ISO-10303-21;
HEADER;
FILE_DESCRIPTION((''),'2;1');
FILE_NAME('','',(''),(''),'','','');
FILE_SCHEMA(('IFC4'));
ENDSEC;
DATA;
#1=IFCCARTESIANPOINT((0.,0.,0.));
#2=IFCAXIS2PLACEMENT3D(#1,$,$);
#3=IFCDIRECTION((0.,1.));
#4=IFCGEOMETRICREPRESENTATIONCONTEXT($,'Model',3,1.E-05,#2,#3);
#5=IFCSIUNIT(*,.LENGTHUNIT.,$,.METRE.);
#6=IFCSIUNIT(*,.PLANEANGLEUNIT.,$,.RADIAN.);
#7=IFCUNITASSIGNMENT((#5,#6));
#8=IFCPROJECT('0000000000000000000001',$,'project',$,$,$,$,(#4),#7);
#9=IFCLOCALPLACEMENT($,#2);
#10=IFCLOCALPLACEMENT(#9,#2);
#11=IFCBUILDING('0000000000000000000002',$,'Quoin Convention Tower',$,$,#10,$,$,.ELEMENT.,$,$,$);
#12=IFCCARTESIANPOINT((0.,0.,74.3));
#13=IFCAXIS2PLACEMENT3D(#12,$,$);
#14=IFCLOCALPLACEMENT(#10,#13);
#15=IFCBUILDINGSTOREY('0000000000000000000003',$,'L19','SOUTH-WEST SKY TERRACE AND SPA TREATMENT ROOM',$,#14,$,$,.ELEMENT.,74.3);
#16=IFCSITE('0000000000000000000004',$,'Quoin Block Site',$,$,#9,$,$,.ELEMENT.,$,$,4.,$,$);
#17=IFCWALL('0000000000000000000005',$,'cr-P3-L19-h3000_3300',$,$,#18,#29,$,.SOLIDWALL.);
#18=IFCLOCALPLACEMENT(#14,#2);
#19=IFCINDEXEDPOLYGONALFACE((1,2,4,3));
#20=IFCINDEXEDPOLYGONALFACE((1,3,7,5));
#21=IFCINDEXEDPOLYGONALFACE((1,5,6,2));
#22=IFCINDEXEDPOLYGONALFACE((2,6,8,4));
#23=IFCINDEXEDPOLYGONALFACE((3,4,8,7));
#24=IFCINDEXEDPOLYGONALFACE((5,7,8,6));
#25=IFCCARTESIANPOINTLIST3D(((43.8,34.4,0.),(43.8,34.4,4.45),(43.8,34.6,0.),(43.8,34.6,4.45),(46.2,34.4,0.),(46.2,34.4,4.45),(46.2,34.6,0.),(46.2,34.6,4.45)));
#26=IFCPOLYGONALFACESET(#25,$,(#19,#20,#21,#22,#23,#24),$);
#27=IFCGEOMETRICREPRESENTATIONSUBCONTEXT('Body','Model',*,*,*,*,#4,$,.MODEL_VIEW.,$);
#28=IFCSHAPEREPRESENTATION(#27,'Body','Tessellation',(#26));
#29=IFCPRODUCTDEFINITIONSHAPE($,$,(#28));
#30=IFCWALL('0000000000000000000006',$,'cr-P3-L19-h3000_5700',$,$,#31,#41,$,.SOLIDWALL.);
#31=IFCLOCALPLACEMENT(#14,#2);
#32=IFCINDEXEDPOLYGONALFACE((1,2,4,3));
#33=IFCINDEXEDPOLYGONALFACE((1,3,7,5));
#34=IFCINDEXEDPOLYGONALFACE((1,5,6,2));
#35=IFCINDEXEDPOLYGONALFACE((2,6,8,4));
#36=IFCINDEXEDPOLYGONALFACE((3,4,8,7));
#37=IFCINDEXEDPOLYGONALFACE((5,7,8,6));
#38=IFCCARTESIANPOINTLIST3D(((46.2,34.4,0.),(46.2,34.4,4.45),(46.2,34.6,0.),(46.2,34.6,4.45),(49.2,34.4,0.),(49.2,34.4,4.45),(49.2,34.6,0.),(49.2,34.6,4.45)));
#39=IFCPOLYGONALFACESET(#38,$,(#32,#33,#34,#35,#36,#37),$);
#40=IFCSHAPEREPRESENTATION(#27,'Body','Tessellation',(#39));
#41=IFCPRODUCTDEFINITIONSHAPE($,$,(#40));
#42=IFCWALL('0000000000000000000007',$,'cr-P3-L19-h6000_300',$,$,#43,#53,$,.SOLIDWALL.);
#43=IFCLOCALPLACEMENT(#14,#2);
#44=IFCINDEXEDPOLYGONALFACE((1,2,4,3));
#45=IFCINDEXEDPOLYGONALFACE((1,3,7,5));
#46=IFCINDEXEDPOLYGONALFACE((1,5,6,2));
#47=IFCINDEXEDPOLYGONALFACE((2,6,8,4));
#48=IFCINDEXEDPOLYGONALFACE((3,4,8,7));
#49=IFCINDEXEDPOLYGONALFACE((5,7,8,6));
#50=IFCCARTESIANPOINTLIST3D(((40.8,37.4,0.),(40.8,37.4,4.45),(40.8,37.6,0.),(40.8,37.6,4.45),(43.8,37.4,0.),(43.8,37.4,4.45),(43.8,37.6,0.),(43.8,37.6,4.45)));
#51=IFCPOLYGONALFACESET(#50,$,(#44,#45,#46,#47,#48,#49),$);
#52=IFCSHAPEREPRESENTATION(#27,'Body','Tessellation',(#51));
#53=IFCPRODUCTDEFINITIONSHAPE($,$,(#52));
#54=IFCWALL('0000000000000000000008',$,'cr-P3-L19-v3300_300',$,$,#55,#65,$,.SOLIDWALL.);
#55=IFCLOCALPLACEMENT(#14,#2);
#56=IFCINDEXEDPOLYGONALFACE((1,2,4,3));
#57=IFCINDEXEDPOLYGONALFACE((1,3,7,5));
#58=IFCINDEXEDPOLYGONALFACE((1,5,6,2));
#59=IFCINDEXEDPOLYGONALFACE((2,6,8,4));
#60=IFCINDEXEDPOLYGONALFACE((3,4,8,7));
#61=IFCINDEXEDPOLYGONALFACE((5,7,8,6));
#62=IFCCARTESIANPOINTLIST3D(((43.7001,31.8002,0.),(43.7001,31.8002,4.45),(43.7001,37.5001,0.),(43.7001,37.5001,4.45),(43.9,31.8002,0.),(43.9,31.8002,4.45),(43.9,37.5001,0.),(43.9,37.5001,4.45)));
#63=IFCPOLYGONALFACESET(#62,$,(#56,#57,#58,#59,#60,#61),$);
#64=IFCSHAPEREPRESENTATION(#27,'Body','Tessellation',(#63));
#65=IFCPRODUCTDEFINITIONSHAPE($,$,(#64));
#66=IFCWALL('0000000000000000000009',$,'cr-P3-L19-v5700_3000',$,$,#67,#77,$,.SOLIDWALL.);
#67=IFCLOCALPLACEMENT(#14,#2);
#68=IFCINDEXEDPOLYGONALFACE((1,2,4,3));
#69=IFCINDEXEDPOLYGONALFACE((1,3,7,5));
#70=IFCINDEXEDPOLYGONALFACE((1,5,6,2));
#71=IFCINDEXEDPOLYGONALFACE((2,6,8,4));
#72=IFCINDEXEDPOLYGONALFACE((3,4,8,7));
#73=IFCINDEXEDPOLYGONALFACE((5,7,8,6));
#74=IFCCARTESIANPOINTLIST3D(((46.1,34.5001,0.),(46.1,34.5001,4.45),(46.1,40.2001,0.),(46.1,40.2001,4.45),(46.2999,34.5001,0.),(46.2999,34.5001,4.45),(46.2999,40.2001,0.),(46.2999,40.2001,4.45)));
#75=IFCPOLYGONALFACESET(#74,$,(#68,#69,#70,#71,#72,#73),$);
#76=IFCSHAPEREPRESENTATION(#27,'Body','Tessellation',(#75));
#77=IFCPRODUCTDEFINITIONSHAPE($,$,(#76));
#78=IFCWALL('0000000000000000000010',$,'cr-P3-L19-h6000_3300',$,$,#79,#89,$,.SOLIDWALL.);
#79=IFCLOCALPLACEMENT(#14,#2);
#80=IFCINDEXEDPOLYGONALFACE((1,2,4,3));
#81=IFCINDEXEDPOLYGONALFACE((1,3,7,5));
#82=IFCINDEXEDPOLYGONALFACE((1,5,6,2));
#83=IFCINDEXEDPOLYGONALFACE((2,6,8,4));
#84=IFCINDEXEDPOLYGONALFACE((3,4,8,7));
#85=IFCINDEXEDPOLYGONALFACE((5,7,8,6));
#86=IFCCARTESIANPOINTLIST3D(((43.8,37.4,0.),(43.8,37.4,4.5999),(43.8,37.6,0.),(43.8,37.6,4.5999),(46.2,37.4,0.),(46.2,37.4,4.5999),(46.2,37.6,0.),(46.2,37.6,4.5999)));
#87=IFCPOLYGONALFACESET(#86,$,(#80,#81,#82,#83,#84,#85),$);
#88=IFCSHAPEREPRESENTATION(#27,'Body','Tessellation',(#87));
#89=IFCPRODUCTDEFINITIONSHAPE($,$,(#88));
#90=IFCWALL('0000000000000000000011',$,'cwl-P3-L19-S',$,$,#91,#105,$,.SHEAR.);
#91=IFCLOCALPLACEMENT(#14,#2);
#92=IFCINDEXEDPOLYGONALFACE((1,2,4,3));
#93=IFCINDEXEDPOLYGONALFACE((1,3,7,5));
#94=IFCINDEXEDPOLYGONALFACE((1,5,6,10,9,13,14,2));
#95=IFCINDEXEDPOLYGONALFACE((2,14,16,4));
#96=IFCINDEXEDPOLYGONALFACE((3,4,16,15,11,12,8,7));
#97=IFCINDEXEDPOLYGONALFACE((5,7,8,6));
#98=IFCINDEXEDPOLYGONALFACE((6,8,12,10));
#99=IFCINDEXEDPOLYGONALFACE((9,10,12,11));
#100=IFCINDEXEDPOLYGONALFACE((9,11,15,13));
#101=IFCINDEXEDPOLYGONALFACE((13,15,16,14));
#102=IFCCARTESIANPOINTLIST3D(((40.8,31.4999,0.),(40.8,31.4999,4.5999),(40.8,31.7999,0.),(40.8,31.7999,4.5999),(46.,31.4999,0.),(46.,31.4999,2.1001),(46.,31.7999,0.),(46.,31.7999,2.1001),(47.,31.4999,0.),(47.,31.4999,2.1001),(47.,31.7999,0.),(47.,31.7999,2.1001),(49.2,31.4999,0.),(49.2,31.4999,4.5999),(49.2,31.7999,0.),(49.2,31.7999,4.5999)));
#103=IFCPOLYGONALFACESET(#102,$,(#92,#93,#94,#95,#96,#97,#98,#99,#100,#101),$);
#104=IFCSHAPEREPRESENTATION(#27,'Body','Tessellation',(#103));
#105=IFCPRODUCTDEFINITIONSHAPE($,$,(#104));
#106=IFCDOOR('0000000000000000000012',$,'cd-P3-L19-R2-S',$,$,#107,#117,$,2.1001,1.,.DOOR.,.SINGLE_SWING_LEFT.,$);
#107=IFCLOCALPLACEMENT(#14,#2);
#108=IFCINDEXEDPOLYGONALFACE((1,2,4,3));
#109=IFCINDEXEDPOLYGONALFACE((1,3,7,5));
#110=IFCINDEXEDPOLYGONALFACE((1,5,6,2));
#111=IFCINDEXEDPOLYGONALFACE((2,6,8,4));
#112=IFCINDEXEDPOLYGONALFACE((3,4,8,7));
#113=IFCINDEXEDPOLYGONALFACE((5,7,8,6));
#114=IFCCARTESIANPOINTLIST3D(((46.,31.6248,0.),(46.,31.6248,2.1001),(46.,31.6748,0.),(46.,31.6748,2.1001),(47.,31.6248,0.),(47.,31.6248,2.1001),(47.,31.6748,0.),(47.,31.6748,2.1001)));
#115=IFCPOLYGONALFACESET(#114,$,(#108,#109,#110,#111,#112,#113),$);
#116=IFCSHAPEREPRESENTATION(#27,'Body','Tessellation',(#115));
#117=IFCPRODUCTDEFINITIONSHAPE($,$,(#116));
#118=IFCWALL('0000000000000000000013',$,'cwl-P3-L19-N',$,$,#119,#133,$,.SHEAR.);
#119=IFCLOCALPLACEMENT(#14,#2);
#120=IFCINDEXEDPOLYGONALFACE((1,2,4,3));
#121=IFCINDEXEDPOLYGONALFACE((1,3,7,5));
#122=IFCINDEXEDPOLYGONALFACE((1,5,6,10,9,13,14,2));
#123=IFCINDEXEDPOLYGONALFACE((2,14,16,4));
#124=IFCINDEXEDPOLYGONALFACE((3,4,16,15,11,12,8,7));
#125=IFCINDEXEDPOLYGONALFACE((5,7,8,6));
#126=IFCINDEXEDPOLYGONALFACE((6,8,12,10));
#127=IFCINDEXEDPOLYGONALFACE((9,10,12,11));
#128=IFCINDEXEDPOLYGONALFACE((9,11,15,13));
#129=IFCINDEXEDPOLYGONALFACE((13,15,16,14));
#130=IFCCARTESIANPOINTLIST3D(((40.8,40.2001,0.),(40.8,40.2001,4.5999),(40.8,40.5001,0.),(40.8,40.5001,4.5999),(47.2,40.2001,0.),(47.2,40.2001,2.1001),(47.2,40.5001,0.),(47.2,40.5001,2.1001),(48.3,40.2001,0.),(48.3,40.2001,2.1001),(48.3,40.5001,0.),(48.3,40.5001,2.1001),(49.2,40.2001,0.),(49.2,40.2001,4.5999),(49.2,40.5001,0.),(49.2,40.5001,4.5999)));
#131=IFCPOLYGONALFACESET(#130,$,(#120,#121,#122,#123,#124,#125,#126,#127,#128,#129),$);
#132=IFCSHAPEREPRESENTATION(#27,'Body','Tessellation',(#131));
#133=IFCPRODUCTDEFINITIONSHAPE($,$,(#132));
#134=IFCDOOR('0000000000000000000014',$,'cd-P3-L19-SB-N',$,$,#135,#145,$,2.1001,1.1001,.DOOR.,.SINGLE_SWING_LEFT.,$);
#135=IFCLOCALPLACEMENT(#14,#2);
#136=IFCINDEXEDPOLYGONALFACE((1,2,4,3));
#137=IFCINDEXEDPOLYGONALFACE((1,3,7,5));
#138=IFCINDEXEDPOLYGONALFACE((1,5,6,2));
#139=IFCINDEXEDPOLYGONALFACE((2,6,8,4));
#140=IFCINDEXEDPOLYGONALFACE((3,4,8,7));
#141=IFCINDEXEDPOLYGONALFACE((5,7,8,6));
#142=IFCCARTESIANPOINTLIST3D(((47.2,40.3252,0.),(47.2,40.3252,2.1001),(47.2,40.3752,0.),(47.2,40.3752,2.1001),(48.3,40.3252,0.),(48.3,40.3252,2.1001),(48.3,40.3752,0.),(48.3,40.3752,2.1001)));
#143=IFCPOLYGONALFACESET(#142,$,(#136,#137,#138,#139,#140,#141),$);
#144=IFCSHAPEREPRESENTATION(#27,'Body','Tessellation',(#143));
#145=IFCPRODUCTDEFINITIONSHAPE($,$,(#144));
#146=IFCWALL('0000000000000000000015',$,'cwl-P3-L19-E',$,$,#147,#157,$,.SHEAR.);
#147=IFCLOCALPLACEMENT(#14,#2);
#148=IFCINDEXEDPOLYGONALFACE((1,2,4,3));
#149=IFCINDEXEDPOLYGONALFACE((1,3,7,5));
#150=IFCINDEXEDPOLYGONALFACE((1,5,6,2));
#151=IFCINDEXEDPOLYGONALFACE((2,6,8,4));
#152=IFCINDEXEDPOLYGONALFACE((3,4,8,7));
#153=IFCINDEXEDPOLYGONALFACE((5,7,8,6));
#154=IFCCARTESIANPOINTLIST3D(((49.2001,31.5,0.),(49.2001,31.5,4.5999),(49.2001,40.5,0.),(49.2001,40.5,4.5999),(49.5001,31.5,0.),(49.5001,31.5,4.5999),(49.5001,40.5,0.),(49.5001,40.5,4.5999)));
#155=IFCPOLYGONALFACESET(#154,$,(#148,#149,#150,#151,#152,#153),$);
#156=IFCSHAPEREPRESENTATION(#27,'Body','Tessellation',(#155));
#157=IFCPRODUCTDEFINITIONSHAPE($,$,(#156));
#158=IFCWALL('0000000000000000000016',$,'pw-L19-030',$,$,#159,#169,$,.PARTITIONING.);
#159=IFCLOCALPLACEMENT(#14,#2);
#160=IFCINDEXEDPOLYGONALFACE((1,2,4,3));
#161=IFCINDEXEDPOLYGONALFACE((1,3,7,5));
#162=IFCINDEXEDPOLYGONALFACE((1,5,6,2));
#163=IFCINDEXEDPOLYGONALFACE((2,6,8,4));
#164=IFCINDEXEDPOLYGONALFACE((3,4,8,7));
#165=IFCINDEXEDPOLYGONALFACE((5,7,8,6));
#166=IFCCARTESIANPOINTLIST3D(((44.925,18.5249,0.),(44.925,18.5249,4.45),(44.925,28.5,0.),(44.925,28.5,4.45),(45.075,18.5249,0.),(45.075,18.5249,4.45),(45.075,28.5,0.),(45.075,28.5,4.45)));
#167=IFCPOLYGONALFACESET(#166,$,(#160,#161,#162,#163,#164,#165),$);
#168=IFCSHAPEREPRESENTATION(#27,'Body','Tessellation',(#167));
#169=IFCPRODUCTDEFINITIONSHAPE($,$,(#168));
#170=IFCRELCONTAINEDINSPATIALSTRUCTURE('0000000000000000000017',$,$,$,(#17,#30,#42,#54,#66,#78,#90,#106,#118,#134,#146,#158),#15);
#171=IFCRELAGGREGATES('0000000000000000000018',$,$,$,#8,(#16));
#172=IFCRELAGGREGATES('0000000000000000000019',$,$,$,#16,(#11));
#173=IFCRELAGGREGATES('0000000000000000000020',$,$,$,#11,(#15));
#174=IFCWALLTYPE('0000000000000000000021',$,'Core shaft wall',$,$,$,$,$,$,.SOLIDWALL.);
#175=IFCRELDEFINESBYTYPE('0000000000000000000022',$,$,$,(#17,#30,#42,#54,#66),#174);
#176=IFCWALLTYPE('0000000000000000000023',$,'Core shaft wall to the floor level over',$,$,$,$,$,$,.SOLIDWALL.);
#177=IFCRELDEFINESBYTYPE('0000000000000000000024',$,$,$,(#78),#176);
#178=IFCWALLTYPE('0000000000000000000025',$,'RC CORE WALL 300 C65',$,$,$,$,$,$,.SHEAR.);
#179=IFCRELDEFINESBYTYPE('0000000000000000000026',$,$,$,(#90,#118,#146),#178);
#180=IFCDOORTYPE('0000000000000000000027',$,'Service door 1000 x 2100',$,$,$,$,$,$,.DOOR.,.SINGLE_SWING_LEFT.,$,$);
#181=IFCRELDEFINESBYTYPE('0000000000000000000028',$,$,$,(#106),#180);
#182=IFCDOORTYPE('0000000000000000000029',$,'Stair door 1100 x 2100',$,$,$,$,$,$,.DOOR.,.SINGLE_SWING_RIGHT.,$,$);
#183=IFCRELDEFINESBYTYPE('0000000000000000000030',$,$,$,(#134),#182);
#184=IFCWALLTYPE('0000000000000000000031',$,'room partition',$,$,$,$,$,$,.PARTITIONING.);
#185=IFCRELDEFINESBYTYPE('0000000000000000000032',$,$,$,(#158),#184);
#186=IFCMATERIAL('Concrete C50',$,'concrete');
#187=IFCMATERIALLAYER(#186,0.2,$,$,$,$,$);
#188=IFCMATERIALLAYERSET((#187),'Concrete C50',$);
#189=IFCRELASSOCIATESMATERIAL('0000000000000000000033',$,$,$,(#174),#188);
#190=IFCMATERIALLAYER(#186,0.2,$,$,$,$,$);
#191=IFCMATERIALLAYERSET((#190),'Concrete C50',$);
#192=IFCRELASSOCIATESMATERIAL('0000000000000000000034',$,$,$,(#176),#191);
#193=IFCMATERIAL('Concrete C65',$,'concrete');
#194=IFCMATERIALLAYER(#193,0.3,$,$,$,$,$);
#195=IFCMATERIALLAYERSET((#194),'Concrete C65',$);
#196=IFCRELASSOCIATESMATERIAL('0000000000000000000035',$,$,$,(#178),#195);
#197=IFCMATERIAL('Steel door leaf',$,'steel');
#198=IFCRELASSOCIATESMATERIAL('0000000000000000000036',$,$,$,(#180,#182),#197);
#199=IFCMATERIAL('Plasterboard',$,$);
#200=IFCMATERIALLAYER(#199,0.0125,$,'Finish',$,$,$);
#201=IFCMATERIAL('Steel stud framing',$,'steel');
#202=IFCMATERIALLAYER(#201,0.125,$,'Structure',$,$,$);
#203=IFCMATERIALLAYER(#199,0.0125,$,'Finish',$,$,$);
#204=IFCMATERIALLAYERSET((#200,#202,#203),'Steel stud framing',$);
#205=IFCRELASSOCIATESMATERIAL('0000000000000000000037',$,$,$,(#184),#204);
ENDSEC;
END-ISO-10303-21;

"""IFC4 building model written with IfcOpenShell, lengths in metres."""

from ifc_helpers import new_model, si_unit, direction, frame, frame_2d, origin, place, context, subcontext, project, spatial, rectangle, extrude, material, layer, layer_set, type_object, element, fill, save


model = new_model("IFC4")

# Units and contexts
model_context = context("Model", 3, precision=1e-05, world=origin(), true_north=direction((0.0, 1.0)))
body_context = subcontext(model_context, "Body", "Model", "MODEL_VIEW")
ifc_project = project(units=[si_unit("LENGTHUNIT", "METRE"), si_unit("PLANEANGLEUNIT", "RADIAN")], contexts=[model_context])

# Site, building, storey
site_placement = place(None, origin())
site = spatial("IfcSite", under=ifc_project, at=site_placement, Name="Quoin Block Site", CompositionType="ELEMENT", RefElevation=4.0)
building_placement = place(site_placement, origin())
building = spatial("IfcBuilding", under=site, at=building_placement, Name="Quoin Convention Tower", CompositionType="ELEMENT")
storey_placement = place(building_placement, frame((0.0, 0.0, 74.3)))
storey = spatial("IfcBuildingStorey", under=building, at=storey_placement, Name="L19", Description="SOUTH-WEST SKY TERRACE AND SPA TREATMENT ROOM", CompositionType="ELEMENT", Elevation=74.3)

# Shared definitions
ifc_material_1 = material(Name="Concrete C65", Category="concrete")

# Walls
ifc_material_2 = material(Name="Concrete C50", Category="concrete")
ifc_layer_1 = layer(ifc_material_2, 0.2)
ifc_layer_set_1 = layer_set([ifc_layer_1], Name="Concrete C50")
wall_type_1 = type_object("IfcWallType", Name="Core shaft wall", PredefinedType="SOLIDWALL", material=ifc_layer_set_1)
wall_1_placement = place(storey_placement, frame((43.8, 34.5, 0.0), z_axis=(0.0, 0.0, 1.0), x_axis=(1.0, 0.0, 0.0)))
element("IfcWall", 1, at=wall_1_placement, inside=storey, type_object=wall_type_1, Name="cr-P3-L19-h3000_3300", PredefinedType="SOLIDWALL", context=body_context, shape_type="SweptSolid", body=[
    extrude(rectangle(XDim=2.3999, YDim=0.2, at=frame_2d((1.2, 0.0))), origin(), (0.0, 0.0, 1.0), 4.45),
])
for number, where, z_axis, x_axis, name in (
    (2, (46.2, 34.5, 0.0), (0.0, 0.0, 1.0), (1.0, 0.0, 0.0), "cr-P3-L19-h3000_5700"),
    (3, (40.8, 37.5, 0.0), (0.0, 0.0, 1.0), (1.0, 0.0, 0.0), "cr-P3-L19-h6000_300"),
):
    element("IfcWall", number, at=place(storey_placement, frame(where, z_axis=z_axis, x_axis=x_axis)), inside=storey, type_object=wall_type_1, Name=name, PredefinedType="SOLIDWALL", context=body_context, shape_type="SweptSolid", body=[
        extrude(rectangle(XDim=3.0, YDim=0.2, at=frame_2d((1.5, 0.0))), origin(), (0.0, 0.0, 1.0), 4.45),
    ])
for number, where, z_axis, x_axis, name in (
    (4, (43.8, 31.8, 0.0), (0.0, 0.0, 1.0), (0.0, 1.0, 0.0), "cr-P3-L19-v3300_300"),
    (5, (46.2, 34.5, 0.0), (0.0, 0.0, 1.0), (0.0, 1.0, 0.0), "cr-P3-L19-v5700_3000"),
):
    element("IfcWall", number, at=place(storey_placement, frame(where, z_axis=z_axis, x_axis=x_axis)), inside=storey, type_object=wall_type_1, Name=name, PredefinedType="SOLIDWALL", context=body_context, shape_type="SweptSolid", body=[
        extrude(rectangle(XDim=5.7, YDim=0.2, at=frame_2d((2.8501, 0.0))), origin(), (0.0, 0.0, 1.0), 4.45),
    ])
ifc_layer_2 = layer(ifc_material_2, 0.2)
ifc_layer_set_2 = layer_set([ifc_layer_2], Name="Concrete C50")
wall_type_2 = type_object("IfcWallType", Name="Core shaft wall to the floor level over", PredefinedType="SOLIDWALL", material=ifc_layer_set_2)
wall_2_placement = place(storey_placement, frame((43.8, 37.5, 0.0), z_axis=(0.0, 0.0, 1.0), x_axis=(1.0, 0.0, 0.0)))
element("IfcWall", 6, at=wall_2_placement, inside=storey, type_object=wall_type_2, Name="cr-P3-L19-h6000_3300", PredefinedType="SOLIDWALL", context=body_context, shape_type="SweptSolid", body=[
    extrude(rectangle(XDim=2.3999, YDim=0.2, at=frame_2d((1.2, 0.0))), origin(), (0.0, 0.0, 1.0), 4.5999),
])

# Walls, openings, doors
ifc_layer_3 = layer(ifc_material_1, 0.3)
ifc_layer_set_3 = layer_set([ifc_layer_3], Name="Concrete C65")
wall_type_3 = type_object("IfcWallType", Name="RC CORE WALL 300 C65", PredefinedType="SHEAR", material=ifc_layer_set_3)
wall_3_placement = place(storey_placement, frame((40.8, 31.6499, 0.0), z_axis=(0.0, 0.0, 1.0), x_axis=(1.0, 0.0, 0.0)))
wall_3 = element("IfcWall", 7, at=wall_3_placement, inside=storey, type_object=wall_type_3, Name="cwl-P3-L19-S", PredefinedType="SHEAR", context=body_context, shape_type="SweptSolid", body=[
    extrude(rectangle(XDim=8.3999, YDim=0.3, at=frame_2d((4.2, 0.0))), origin(), (0.0, 0.0, 1.0), 4.5999),
])
opening_1_placement = place(wall_3_placement, frame((5.2, 0.0, 0.0)))
opening_1 = element("IfcOpeningElement", 8, at=opening_1_placement, cuts=wall_3, PredefinedType="OPENING", context=body_context, shape_type="SweptSolid", body=[
    extrude(rectangle(XDim=1.0, YDim=2.1001, at=frame_2d((0.5, 1.05))), frame((0.0, 0.1599, 0.0), z_axis=(0.0, -1.0, 0.0), x_axis=(1.0, 0.0, 0.0)), (0.0, 0.0, 1.0), 0.3201),
])
ifc_material_3 = material(Name="Steel door leaf", Category="steel")
door_type_1 = type_object("IfcDoorType", Name="Service door 1000 x 2100", OperationType="SINGLE_SWING_LEFT", PredefinedType="DOOR", material=ifc_material_3)
door_1_placement = place(opening_1_placement, origin())
door_1 = element("IfcDoor", 9, at=door_1_placement, inside=storey, type_object=door_type_1, Name="cd-P3-L19-R2-S", OperationType="SINGLE_SWING_LEFT", OverallHeight=2.1001, OverallWidth=1.0, PredefinedType="DOOR", context=body_context, shape_type="SweptSolid", body=[
    extrude(rectangle(XDim=1.0, YDim=2.1001, at=frame_2d((0.5, 1.05))), frame((0.0, 0.0249, 0.0), z_axis=(0.0, -1.0, 0.0), x_axis=(1.0, 0.0, 0.0)), (0.0, 0.0, 1.0), 0.05),
])
fill(opening_1, door_1)
wall_4_placement = place(storey_placement, frame((40.8, 40.3501, 0.0), z_axis=(0.0, 0.0, 1.0), x_axis=(1.0, 0.0, 0.0)))
wall_4 = element("IfcWall", 10, at=wall_4_placement, inside=storey, type_object=wall_type_3, Name="cwl-P3-L19-N", PredefinedType="SHEAR", context=body_context, shape_type="SweptSolid", body=[
    extrude(rectangle(XDim=8.3999, YDim=0.3, at=frame_2d((4.2, 0.0))), origin(), (0.0, 0.0, 1.0), 4.5999),
])
opening_2_placement = place(wall_4_placement, frame((6.3999, 0.0, 0.0)))
opening_2 = element("IfcOpeningElement", 11, at=opening_2_placement, cuts=wall_4, PredefinedType="OPENING", context=body_context, shape_type="SweptSolid", body=[
    extrude(rectangle(XDim=1.1001, YDim=2.1001, at=frame_2d((0.55, 1.05))), frame((0.0, 0.1599, 0.0), z_axis=(0.0, -1.0, 0.0), x_axis=(1.0, 0.0, 0.0)), (0.0, 0.0, 1.0), 0.3201),
])
door_type_2 = type_object("IfcDoorType", Name="Stair door 1100 x 2100", OperationType="SINGLE_SWING_RIGHT", PredefinedType="DOOR", material=ifc_material_3)
door_2_placement = place(opening_2_placement, frame((1.1001, 0.0, 0.0), z_axis=(0.0, 0.0, 1.0), x_axis=(-1.0, 0.0, 0.0)))
door_2 = element("IfcDoor", 12, at=door_2_placement, inside=storey, type_object=door_type_2, Name="cd-P3-L19-SB-N", OperationType="SINGLE_SWING_LEFT", OverallHeight=2.1001, OverallWidth=1.1001, PredefinedType="DOOR", context=body_context, shape_type="SweptSolid", body=[
    extrude(rectangle(XDim=1.1001, YDim=2.1001, at=frame_2d((0.55, 1.05))), frame((0.0, 0.0249, 0.0), z_axis=(0.0, -1.0, 0.0), x_axis=(1.0, 0.0, 0.0)), (0.0, 0.0, 1.0), 0.05),
])
fill(opening_2, door_2)

# Walls
wall_5_placement = place(storey_placement, frame((49.3501, 31.5, 0.0), z_axis=(0.0, 0.0, 1.0), x_axis=(0.0, 1.0, 0.0)))
element("IfcWall", 13, at=wall_5_placement, inside=storey, type_object=wall_type_3, Name="cwl-P3-L19-E", PredefinedType="SHEAR", context=body_context, shape_type="SweptSolid", body=[
    extrude(rectangle(XDim=9.0, YDim=0.3, at=frame_2d((4.5, 0.0))), origin(), (0.0, 0.0, 1.0), 4.5999),
])
ifc_material_4 = material(Name="Plasterboard")
ifc_layer_4 = layer(ifc_material_4, 0.0125, Name="Finish")
ifc_material_5 = material(Name="Steel stud framing", Category="steel")
ifc_layer_5 = layer(ifc_material_5, 0.125, Name="Structure")
ifc_layer_6 = layer(ifc_material_4, 0.0125, Name="Finish")
ifc_layer_set_4 = layer_set([ifc_layer_4, ifc_layer_5, ifc_layer_6], Name="Steel stud framing")
wall_type_4 = type_object("IfcWallType", Name="room partition", PredefinedType="PARTITIONING", material=ifc_layer_set_4)
wall_6_placement = place(storey_placement, frame((45.0, 18.5249, 0.0), z_axis=(0.0, 0.0, 1.0), x_axis=(0.0, 1.0, 0.0)))
element("IfcWall", 14, at=wall_6_placement, inside=storey, type_object=wall_type_4, Name="pw-L19-030", PredefinedType="PARTITIONING", context=body_context, shape_type="SweptSolid", body=[
    extrude(rectangle(XDim=9.9751, YDim=0.1499, at=frame_2d((4.9875, 0.0))), origin(), (0.0, 0.0, 1.0), 4.45),
])

save(model, "model.ifc")
